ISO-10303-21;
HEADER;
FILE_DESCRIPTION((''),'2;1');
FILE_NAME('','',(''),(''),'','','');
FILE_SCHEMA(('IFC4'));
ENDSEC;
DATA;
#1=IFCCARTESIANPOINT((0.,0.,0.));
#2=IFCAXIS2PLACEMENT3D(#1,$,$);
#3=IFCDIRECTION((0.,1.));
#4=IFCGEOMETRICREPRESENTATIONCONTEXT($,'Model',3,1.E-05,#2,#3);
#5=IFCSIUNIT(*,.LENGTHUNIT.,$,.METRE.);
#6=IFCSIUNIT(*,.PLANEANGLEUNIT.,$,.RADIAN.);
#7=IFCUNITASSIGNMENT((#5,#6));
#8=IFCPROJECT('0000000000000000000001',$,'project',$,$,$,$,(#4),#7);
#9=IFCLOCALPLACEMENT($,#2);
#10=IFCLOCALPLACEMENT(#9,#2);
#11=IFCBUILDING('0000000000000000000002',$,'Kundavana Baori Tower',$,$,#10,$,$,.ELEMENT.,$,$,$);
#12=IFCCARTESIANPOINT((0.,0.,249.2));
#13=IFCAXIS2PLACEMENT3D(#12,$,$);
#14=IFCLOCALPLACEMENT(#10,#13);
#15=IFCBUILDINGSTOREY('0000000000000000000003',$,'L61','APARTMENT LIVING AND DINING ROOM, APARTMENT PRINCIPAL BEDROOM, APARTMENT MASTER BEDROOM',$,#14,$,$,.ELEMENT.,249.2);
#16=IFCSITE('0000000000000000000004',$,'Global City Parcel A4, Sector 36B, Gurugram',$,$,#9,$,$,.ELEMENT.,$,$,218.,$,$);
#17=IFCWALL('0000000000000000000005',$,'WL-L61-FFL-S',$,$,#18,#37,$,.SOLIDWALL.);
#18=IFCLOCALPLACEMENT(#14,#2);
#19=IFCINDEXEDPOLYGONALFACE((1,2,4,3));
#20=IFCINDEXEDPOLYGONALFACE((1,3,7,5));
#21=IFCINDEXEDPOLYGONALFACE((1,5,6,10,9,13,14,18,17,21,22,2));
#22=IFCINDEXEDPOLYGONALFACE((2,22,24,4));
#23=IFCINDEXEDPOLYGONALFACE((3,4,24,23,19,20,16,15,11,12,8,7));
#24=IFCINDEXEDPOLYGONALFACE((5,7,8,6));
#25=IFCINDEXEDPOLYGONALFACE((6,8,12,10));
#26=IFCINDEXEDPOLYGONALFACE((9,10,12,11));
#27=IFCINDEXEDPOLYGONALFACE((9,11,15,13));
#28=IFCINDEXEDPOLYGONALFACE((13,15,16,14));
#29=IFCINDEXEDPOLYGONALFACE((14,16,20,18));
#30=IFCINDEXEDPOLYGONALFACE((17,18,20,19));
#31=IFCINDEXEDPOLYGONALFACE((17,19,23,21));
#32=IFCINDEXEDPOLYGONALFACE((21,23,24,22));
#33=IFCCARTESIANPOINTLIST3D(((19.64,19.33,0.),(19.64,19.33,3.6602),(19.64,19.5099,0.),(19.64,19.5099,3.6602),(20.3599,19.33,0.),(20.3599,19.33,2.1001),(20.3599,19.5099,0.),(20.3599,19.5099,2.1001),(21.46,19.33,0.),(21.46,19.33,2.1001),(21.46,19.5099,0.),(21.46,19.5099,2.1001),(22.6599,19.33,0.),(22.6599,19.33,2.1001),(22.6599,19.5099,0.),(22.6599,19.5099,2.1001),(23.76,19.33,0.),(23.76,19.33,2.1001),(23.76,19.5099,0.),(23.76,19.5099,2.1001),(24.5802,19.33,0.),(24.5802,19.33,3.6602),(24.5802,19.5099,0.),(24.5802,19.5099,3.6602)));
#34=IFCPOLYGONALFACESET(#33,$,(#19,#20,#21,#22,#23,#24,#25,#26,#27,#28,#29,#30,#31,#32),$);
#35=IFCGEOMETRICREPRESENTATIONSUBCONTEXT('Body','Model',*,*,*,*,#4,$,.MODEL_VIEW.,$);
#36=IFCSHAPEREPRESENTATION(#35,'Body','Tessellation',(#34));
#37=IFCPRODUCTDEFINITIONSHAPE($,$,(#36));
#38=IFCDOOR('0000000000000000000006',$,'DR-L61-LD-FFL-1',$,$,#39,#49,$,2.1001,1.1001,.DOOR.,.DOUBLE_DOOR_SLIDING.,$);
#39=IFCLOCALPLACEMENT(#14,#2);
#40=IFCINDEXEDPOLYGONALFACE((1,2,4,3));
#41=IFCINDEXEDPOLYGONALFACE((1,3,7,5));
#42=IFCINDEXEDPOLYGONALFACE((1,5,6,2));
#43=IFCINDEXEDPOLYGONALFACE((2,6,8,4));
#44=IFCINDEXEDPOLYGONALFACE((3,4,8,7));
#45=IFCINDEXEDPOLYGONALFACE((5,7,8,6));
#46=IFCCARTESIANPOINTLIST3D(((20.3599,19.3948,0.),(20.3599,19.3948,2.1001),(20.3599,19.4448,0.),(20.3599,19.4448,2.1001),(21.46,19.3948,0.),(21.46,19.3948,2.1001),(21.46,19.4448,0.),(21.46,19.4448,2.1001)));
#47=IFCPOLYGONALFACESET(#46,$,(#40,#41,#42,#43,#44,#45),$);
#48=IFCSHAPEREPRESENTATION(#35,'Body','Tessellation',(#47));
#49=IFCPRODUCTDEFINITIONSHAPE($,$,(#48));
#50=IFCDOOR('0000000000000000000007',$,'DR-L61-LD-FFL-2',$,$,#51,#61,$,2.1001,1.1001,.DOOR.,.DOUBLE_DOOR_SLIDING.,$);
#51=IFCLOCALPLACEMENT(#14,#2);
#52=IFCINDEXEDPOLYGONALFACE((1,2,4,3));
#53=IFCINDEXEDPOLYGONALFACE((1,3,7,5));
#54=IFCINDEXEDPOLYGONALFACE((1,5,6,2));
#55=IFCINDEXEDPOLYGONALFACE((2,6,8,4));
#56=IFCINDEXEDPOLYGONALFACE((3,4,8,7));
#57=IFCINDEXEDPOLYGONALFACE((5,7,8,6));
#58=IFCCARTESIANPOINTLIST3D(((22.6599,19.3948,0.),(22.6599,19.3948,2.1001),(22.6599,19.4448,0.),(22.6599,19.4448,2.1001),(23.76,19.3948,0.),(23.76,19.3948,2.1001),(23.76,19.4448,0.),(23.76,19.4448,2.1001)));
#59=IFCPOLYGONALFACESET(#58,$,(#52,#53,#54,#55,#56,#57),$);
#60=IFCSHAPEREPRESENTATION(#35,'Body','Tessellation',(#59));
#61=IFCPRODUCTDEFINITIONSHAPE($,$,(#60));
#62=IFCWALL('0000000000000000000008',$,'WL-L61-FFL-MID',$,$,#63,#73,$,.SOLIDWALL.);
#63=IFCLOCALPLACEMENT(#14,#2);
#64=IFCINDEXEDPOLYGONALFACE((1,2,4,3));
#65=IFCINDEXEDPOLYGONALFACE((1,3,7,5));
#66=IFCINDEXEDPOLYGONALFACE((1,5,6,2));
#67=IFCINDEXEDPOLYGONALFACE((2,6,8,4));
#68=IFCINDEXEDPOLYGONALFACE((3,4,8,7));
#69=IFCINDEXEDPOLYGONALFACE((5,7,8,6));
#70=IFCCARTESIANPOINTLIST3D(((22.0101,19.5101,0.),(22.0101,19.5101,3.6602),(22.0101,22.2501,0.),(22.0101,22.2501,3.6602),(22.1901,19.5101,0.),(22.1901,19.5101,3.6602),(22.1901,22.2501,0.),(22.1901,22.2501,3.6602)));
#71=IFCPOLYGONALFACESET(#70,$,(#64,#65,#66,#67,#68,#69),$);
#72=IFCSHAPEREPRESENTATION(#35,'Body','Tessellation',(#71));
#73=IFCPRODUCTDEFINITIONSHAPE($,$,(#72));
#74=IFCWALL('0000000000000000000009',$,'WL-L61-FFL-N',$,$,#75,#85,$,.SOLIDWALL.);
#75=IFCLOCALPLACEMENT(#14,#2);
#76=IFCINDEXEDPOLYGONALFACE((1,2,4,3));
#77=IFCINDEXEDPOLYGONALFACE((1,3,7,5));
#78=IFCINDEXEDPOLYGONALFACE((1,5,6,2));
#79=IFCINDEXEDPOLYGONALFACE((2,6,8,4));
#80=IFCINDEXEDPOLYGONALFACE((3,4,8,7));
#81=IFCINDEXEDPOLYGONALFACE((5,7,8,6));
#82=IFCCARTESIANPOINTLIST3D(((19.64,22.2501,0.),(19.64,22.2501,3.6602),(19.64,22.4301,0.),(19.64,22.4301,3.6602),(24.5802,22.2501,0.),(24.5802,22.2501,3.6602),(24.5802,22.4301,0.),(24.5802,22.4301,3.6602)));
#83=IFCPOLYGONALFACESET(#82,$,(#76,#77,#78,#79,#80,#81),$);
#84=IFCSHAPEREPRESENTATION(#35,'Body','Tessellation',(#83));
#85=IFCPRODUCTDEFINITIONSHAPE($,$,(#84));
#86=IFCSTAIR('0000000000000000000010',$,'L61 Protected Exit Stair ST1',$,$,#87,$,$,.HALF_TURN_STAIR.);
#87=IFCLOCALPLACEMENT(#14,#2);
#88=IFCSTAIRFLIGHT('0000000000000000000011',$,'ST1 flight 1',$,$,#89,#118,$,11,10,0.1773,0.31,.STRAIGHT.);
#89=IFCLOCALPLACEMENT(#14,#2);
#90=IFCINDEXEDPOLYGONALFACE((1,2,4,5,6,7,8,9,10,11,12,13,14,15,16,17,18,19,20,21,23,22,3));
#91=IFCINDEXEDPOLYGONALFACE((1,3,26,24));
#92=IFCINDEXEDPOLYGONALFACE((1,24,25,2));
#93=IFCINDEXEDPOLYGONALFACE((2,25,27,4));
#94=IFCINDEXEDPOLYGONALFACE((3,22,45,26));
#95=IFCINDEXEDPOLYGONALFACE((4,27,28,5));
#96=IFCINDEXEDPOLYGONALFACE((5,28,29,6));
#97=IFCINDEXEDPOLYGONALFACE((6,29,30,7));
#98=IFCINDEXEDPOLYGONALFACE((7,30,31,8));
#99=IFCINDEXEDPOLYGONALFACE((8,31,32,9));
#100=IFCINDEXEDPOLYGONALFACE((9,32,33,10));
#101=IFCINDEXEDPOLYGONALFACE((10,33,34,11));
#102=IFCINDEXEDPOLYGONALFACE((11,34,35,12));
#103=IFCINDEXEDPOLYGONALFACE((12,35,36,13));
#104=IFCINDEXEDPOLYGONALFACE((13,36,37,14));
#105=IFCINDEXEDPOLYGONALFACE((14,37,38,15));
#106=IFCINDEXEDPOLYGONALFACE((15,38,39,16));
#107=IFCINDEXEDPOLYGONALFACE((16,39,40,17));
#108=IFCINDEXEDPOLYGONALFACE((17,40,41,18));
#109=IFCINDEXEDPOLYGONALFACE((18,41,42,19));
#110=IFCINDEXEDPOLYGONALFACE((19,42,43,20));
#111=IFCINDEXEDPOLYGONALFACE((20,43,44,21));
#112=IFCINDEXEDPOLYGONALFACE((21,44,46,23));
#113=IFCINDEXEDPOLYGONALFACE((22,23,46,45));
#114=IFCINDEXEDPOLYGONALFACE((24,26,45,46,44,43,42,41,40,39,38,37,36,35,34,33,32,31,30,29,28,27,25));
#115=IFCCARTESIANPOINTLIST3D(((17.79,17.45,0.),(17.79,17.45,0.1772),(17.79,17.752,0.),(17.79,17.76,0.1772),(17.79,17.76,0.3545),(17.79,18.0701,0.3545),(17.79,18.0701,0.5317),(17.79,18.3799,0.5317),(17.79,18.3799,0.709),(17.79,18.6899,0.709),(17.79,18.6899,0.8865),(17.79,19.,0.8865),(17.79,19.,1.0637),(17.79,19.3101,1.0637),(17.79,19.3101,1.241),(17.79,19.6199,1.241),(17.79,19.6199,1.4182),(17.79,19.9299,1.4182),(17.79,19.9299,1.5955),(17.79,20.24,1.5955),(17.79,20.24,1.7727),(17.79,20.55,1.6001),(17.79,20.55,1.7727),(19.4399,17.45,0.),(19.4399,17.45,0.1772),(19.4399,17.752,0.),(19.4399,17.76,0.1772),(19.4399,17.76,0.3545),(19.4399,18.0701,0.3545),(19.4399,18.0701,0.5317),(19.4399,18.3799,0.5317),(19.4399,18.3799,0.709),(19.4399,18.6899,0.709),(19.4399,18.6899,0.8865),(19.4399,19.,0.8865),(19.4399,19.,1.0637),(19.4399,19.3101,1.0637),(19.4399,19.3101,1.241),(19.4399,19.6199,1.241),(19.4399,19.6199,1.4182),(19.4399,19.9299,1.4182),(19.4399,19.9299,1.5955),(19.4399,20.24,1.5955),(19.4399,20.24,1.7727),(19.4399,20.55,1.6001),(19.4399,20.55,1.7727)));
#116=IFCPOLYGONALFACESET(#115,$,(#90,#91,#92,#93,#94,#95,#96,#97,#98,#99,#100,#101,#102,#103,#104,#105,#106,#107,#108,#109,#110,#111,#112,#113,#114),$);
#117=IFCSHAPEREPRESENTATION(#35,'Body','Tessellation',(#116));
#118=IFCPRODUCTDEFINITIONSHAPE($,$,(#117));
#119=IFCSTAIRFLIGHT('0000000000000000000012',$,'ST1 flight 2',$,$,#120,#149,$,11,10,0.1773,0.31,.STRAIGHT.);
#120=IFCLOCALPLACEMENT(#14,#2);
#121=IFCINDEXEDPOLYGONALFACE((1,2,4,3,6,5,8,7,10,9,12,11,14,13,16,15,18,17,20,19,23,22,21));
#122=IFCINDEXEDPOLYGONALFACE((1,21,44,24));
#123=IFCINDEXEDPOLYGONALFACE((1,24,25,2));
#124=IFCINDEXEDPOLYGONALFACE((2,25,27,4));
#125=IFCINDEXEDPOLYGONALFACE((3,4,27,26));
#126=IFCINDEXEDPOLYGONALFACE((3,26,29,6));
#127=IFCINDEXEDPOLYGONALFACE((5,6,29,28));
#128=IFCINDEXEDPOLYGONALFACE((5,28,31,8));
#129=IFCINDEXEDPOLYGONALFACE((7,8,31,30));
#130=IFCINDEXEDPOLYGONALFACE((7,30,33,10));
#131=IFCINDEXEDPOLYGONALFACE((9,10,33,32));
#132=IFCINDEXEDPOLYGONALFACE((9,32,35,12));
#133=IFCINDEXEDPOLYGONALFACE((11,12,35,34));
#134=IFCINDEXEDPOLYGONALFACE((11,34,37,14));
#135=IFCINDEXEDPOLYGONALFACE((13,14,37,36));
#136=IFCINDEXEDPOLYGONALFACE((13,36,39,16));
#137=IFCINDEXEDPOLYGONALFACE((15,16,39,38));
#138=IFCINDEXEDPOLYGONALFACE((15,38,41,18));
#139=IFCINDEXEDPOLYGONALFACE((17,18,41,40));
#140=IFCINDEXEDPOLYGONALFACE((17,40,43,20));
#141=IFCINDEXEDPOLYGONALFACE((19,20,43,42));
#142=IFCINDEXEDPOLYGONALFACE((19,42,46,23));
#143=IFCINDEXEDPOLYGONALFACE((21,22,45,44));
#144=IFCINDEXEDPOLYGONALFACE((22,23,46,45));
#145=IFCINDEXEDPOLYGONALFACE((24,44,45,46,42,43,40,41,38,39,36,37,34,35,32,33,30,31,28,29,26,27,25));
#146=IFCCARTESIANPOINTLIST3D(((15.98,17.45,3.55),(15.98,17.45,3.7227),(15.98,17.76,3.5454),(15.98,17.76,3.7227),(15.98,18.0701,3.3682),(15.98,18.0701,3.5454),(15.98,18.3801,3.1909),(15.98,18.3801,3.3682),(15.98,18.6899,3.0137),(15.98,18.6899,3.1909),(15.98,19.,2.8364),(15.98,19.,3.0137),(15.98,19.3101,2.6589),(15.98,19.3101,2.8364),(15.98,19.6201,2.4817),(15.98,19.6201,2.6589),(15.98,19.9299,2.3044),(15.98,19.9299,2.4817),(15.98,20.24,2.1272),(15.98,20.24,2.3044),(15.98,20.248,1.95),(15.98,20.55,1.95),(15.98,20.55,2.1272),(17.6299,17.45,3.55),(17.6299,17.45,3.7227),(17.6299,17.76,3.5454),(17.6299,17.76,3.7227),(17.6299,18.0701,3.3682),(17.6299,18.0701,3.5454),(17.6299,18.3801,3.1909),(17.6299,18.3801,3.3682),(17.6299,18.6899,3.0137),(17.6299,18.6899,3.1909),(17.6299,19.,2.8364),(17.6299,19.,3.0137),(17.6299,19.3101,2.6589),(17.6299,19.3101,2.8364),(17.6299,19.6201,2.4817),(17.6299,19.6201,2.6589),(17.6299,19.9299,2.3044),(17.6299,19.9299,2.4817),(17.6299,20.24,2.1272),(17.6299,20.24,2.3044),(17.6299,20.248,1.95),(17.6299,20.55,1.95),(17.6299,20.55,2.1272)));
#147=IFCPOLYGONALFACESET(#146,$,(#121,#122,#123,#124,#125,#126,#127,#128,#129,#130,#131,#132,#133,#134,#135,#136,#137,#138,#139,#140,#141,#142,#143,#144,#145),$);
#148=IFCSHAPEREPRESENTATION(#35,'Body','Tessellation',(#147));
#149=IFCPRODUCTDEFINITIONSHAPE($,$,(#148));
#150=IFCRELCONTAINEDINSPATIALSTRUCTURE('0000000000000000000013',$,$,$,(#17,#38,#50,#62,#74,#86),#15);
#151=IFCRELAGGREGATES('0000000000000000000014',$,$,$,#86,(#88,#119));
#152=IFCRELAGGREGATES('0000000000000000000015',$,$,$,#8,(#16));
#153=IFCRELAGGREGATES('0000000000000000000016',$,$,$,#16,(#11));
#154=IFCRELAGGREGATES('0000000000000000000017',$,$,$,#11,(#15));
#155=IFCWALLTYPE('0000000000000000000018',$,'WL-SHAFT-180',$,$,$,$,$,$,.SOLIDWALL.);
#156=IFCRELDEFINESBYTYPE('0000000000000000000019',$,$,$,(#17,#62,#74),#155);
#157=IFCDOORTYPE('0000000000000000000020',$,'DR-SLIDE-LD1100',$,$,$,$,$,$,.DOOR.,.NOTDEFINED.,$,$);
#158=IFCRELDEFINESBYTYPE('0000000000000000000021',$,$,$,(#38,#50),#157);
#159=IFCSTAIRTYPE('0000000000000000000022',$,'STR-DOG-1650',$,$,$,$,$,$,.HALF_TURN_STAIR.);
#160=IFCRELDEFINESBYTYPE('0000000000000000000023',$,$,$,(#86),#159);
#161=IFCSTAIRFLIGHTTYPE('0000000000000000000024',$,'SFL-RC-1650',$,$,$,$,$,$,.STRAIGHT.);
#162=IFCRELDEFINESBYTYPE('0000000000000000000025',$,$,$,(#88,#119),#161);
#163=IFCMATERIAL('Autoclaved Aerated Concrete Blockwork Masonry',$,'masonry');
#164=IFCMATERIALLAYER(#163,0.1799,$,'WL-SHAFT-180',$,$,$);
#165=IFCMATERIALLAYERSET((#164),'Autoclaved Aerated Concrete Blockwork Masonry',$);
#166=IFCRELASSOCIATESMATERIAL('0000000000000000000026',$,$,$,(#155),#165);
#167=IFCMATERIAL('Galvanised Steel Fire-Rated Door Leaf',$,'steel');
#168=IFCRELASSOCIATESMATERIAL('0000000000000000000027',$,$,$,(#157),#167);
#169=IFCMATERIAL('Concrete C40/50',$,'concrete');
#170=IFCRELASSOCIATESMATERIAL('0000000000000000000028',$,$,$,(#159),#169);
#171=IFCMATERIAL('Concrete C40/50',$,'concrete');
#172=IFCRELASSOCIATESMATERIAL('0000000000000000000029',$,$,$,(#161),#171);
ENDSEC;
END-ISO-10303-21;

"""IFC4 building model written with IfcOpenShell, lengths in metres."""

from ifc_helpers import new_model, si_unit, direction, frame, frame_2d, origin, place, context, subcontext, project, spatial, polyline, rectangle, outline, extrude, material, layer, layer_set, type_object, element, fill, aggregate, save


model = new_model("IFC4")

# Units and contexts
model_context = context("Model", 3, precision=1e-05, world=origin(), true_north=direction((0.0, 1.0)))
body_context = subcontext(model_context, "Body", "Model", "MODEL_VIEW")
ifc_project = project(units=[si_unit("LENGTHUNIT", "METRE"), si_unit("PLANEANGLEUNIT", "RADIAN")], contexts=[model_context])

# Site, building, storey
site_placement = place(None, origin())
site = spatial("IfcSite", under=ifc_project, at=site_placement, Name="Global City Parcel A4, Sector 36B, Gurugram", CompositionType="ELEMENT", RefElevation=218.0)
building_placement = place(site_placement, origin())
building = spatial("IfcBuilding", under=site, at=building_placement, Name="Kundavana Baori Tower", CompositionType="ELEMENT")
storey_placement = place(building_placement, frame((0.0, 0.0, 249.2)))
storey = spatial("IfcBuildingStorey", under=building, at=storey_placement, Name="L61", Description="APARTMENT LIVING AND DINING ROOM, APARTMENT PRINCIPAL BEDROOM, APARTMENT MASTER BEDROOM", CompositionType="ELEMENT", Elevation=249.2)

# Wall, openings, doors
ifc_material_1 = material(Name="Autoclaved Aerated Concrete Blockwork Masonry", Category="masonry")
ifc_layer_1 = layer(ifc_material_1, 0.1799, Name="WL-SHAFT-180")
ifc_layer_set_1 = layer_set([ifc_layer_1], Name="Autoclaved Aerated Concrete Blockwork Masonry")
wall_type_1 = type_object("IfcWallType", Name="WL-SHAFT-180", PredefinedType="SOLIDWALL", material=ifc_layer_set_1)
wall_1_placement = place(storey_placement, frame((19.6399, 19.4199, 0.0), z_axis=(0.0, 0.0, 1.0), x_axis=(1.0, 0.0, 0.0)))
wall_1 = element("IfcWall", 1, at=wall_1_placement, inside=storey, type_object=wall_type_1, Name="WL-L61-FFL-S", PredefinedType="SOLIDWALL", context=body_context, shape_type="SweptSolid", body=[
    extrude(rectangle(XDim=4.9402, YDim=0.1799, at=frame_2d((2.4702, 0.0))), origin(), (0.0, 0.0, 1.0), 3.6602),
])
opening_1_placement = place(wall_1_placement, frame((0.72, 0.0, 0.0)))
opening_1 = element("IfcOpeningElement", 2, at=opening_1_placement, cuts=wall_1, PredefinedType="OPENING", context=body_context, shape_type="SweptSolid", body=[
    extrude(rectangle(XDim=1.1001, YDim=2.1001, at=frame_2d((0.55, 1.05))), frame((0.0, 0.1001, 0.0), z_axis=(0.0, -1.0, 0.0), x_axis=(1.0, 0.0, 0.0)), (0.0, 0.0, 1.0), 0.2),
])
opening_2_placement = place(wall_1_placement, frame((3.02, 0.0, 0.0)))
opening_2 = element("IfcOpeningElement", 3, at=opening_2_placement, cuts=wall_1, PredefinedType="OPENING", context=body_context, shape_type="SweptSolid", body=[
    extrude(rectangle(XDim=1.1001, YDim=2.1001, at=frame_2d((0.55, 1.05))), frame((0.0, 0.1001, 0.0), z_axis=(0.0, -1.0, 0.0), x_axis=(1.0, 0.0, 0.0)), (0.0, 0.0, 1.0), 0.2),
])
ifc_material_2 = material(Name="Galvanised Steel Fire-Rated Door Leaf", Category="steel")
door_type_1 = type_object("IfcDoorType", Name="DR-SLIDE-LD1100", OperationType="NOTDEFINED", PredefinedType="DOOR", material=ifc_material_2)
door_1_placement = place(opening_1_placement, origin())
door_1 = element("IfcDoor", 4, at=door_1_placement, inside=storey, type_object=door_type_1, Name="DR-L61-LD-FFL-1", OperationType="DOUBLE_DOOR_SLIDING", OverallHeight=2.1001, OverallWidth=1.1001, PredefinedType="DOOR", context=body_context, shape_type="SweptSolid", body=[
    extrude(rectangle(XDim=1.1001, YDim=2.1001, at=frame_2d((0.55, 1.05))), frame((0.0, 0.0249, 0.0), z_axis=(0.0, -1.0, 0.0), x_axis=(1.0, 0.0, 0.0)), (0.0, 0.0, 1.0), 0.05),
])
fill(opening_1, door_1)
door_2_placement = place(opening_2_placement, origin())
door_2 = element("IfcDoor", 5, at=door_2_placement, inside=storey, type_object=door_type_1, Name="DR-L61-LD-FFL-2", OperationType="DOUBLE_DOOR_SLIDING", OverallHeight=2.1001, OverallWidth=1.1001, PredefinedType="DOOR", context=body_context, shape_type="SweptSolid", body=[
    extrude(rectangle(XDim=1.1001, YDim=2.1001, at=frame_2d((0.55, 1.05))), frame((0.0, 0.0249, 0.0), z_axis=(0.0, -1.0, 0.0), x_axis=(1.0, 0.0, 0.0)), (0.0, 0.0, 1.0), 0.05),
])
fill(opening_2, door_2)

# Walls
wall_2_placement = place(storey_placement, frame((22.1001, 19.51, 0.0), z_axis=(0.0, 0.0, 1.0), x_axis=(0.0, 1.0, 0.0)))
element("IfcWall", 6, at=wall_2_placement, inside=storey, type_object=wall_type_1, Name="WL-L61-FFL-MID", PredefinedType="SOLIDWALL", context=body_context, shape_type="SweptSolid", body=[
    extrude(rectangle(XDim=2.74, YDim=0.1799, at=frame_2d((1.3701, 0.0))), origin(), (0.0, 0.0, 1.0), 3.6602),
])
wall_3_placement = place(storey_placement, frame((19.6399, 22.3401, 0.0), z_axis=(0.0, 0.0, 1.0), x_axis=(1.0, 0.0, 0.0)))
element("IfcWall", 7, at=wall_3_placement, inside=storey, type_object=wall_type_1, Name="WL-L61-FFL-N", PredefinedType="SOLIDWALL", context=body_context, shape_type="SweptSolid", body=[
    extrude(rectangle(XDim=4.9402, YDim=0.1799, at=frame_2d((2.4702, 0.0))), origin(), (0.0, 0.0, 1.0), 3.6602),
])

# Stair, stair flights
ifc_material_3 = material(Name="Concrete C40/50", Category="concrete")
stair_type = type_object("IfcStairType", Name="STR-DOG-1650", PredefinedType="HALF_TURN_STAIR", material=ifc_material_3)
stair_placement = place(storey_placement, origin())
stair = element("IfcStair", 8, at=stair_placement, inside=storey, type_object=stair_type, Name="L61 Protected Exit Stair ST1", PredefinedType="HALF_TURN_STAIR")
ifc_material_4 = material(Name="Concrete C40/50", Category="concrete")
stair_flight_type = type_object("IfcStairFlightType", Name="SFL-RC-1650", PredefinedType="STRAIGHT", material=ifc_material_4)
stair_flight_1_placement = place(storey_placement, frame((18.615, 17.45, 0.0), z_axis=(0.0, 0.0, 1.0), x_axis=(0.0, 1.0, 0.0)))
stair_flight_1 = element("IfcStairFlight", 9, at=stair_flight_1_placement, type_object=stair_flight_type, Name="ST1 flight 1", NumberOfRisers=11, NumberOfTreads=10, PredefinedType="STRAIGHT", RiserHeight=0.1773, TreadLength=0.31, context=body_context, shape_type="SweptSolid", body=[
    extrude(outline(polyline([(0.0, 0.0), (0.0, 0.1772), (0.3101, 0.1772), (0.3101, 0.3545), (0.6201, 0.3545), (0.6201, 0.5317), (0.9299, 0.5317), (0.9299, 0.709), (1.24, 0.709), (1.24, 0.8865), (1.55, 0.8865), (1.55, 1.0637), (1.8601, 1.0637), (1.8601, 1.241), (2.1699, 1.241), (2.1699, 1.4182), (2.48, 1.4182), (2.48, 1.5955), (2.79, 1.5955), (2.79, 1.7727), (3.1001, 1.7727), (3.1001, 1.95), (3.1001, 1.6001), (0.302, 0.0), (0.0, 0.0)])), frame((0.0, 0.825, 0.0), z_axis=(0.0, -1.0, 0.0), x_axis=(1.0, 0.0, 0.0)), (0.0, 0.0, 1.0), 1.6499),
])
stair_flight_2_placement = place(storey_placement, frame((16.8049, 20.55, 1.95), z_axis=(0.0, 0.0, 1.0), x_axis=(0.0, -1.0, 0.0)))
stair_flight_2 = element("IfcStairFlight", 10, at=stair_flight_2_placement, type_object=stair_flight_type, Name="ST1 flight 2", NumberOfRisers=11, NumberOfTreads=10, PredefinedType="STRAIGHT", RiserHeight=0.1773, TreadLength=0.31, context=body_context, shape_type="SweptSolid", body=[
    extrude(outline(polyline([(0.0, 0.0), (0.0, 0.1772), (0.3101, 0.1772), (0.3101, 0.3545), (0.6201, 0.3545), (0.6201, 0.5317), (0.9299, 0.5317), (0.9299, 0.709), (1.24, 0.709), (1.24, 0.8865), (1.55, 0.8865), (1.55, 1.0637), (1.8601, 1.0637), (1.8601, 1.241), (2.1699, 1.241), (2.1699, 1.4182), (2.48, 1.4182), (2.48, 1.5955), (2.79, 1.5955), (2.79, 1.7727), (3.1001, 1.7727), (3.1001, 1.95), (3.1001, 1.6001), (0.302, 0.0), (0.0, 0.0)])), frame((0.0, 0.825, 0.0), z_axis=(0.0, -1.0, 0.0), x_axis=(1.0, 0.0, 0.0)), (0.0, 0.0, 1.0), 1.6499),
])
aggregate(stair, [stair_flight_1, stair_flight_2])

save(model, "model.ifc")
